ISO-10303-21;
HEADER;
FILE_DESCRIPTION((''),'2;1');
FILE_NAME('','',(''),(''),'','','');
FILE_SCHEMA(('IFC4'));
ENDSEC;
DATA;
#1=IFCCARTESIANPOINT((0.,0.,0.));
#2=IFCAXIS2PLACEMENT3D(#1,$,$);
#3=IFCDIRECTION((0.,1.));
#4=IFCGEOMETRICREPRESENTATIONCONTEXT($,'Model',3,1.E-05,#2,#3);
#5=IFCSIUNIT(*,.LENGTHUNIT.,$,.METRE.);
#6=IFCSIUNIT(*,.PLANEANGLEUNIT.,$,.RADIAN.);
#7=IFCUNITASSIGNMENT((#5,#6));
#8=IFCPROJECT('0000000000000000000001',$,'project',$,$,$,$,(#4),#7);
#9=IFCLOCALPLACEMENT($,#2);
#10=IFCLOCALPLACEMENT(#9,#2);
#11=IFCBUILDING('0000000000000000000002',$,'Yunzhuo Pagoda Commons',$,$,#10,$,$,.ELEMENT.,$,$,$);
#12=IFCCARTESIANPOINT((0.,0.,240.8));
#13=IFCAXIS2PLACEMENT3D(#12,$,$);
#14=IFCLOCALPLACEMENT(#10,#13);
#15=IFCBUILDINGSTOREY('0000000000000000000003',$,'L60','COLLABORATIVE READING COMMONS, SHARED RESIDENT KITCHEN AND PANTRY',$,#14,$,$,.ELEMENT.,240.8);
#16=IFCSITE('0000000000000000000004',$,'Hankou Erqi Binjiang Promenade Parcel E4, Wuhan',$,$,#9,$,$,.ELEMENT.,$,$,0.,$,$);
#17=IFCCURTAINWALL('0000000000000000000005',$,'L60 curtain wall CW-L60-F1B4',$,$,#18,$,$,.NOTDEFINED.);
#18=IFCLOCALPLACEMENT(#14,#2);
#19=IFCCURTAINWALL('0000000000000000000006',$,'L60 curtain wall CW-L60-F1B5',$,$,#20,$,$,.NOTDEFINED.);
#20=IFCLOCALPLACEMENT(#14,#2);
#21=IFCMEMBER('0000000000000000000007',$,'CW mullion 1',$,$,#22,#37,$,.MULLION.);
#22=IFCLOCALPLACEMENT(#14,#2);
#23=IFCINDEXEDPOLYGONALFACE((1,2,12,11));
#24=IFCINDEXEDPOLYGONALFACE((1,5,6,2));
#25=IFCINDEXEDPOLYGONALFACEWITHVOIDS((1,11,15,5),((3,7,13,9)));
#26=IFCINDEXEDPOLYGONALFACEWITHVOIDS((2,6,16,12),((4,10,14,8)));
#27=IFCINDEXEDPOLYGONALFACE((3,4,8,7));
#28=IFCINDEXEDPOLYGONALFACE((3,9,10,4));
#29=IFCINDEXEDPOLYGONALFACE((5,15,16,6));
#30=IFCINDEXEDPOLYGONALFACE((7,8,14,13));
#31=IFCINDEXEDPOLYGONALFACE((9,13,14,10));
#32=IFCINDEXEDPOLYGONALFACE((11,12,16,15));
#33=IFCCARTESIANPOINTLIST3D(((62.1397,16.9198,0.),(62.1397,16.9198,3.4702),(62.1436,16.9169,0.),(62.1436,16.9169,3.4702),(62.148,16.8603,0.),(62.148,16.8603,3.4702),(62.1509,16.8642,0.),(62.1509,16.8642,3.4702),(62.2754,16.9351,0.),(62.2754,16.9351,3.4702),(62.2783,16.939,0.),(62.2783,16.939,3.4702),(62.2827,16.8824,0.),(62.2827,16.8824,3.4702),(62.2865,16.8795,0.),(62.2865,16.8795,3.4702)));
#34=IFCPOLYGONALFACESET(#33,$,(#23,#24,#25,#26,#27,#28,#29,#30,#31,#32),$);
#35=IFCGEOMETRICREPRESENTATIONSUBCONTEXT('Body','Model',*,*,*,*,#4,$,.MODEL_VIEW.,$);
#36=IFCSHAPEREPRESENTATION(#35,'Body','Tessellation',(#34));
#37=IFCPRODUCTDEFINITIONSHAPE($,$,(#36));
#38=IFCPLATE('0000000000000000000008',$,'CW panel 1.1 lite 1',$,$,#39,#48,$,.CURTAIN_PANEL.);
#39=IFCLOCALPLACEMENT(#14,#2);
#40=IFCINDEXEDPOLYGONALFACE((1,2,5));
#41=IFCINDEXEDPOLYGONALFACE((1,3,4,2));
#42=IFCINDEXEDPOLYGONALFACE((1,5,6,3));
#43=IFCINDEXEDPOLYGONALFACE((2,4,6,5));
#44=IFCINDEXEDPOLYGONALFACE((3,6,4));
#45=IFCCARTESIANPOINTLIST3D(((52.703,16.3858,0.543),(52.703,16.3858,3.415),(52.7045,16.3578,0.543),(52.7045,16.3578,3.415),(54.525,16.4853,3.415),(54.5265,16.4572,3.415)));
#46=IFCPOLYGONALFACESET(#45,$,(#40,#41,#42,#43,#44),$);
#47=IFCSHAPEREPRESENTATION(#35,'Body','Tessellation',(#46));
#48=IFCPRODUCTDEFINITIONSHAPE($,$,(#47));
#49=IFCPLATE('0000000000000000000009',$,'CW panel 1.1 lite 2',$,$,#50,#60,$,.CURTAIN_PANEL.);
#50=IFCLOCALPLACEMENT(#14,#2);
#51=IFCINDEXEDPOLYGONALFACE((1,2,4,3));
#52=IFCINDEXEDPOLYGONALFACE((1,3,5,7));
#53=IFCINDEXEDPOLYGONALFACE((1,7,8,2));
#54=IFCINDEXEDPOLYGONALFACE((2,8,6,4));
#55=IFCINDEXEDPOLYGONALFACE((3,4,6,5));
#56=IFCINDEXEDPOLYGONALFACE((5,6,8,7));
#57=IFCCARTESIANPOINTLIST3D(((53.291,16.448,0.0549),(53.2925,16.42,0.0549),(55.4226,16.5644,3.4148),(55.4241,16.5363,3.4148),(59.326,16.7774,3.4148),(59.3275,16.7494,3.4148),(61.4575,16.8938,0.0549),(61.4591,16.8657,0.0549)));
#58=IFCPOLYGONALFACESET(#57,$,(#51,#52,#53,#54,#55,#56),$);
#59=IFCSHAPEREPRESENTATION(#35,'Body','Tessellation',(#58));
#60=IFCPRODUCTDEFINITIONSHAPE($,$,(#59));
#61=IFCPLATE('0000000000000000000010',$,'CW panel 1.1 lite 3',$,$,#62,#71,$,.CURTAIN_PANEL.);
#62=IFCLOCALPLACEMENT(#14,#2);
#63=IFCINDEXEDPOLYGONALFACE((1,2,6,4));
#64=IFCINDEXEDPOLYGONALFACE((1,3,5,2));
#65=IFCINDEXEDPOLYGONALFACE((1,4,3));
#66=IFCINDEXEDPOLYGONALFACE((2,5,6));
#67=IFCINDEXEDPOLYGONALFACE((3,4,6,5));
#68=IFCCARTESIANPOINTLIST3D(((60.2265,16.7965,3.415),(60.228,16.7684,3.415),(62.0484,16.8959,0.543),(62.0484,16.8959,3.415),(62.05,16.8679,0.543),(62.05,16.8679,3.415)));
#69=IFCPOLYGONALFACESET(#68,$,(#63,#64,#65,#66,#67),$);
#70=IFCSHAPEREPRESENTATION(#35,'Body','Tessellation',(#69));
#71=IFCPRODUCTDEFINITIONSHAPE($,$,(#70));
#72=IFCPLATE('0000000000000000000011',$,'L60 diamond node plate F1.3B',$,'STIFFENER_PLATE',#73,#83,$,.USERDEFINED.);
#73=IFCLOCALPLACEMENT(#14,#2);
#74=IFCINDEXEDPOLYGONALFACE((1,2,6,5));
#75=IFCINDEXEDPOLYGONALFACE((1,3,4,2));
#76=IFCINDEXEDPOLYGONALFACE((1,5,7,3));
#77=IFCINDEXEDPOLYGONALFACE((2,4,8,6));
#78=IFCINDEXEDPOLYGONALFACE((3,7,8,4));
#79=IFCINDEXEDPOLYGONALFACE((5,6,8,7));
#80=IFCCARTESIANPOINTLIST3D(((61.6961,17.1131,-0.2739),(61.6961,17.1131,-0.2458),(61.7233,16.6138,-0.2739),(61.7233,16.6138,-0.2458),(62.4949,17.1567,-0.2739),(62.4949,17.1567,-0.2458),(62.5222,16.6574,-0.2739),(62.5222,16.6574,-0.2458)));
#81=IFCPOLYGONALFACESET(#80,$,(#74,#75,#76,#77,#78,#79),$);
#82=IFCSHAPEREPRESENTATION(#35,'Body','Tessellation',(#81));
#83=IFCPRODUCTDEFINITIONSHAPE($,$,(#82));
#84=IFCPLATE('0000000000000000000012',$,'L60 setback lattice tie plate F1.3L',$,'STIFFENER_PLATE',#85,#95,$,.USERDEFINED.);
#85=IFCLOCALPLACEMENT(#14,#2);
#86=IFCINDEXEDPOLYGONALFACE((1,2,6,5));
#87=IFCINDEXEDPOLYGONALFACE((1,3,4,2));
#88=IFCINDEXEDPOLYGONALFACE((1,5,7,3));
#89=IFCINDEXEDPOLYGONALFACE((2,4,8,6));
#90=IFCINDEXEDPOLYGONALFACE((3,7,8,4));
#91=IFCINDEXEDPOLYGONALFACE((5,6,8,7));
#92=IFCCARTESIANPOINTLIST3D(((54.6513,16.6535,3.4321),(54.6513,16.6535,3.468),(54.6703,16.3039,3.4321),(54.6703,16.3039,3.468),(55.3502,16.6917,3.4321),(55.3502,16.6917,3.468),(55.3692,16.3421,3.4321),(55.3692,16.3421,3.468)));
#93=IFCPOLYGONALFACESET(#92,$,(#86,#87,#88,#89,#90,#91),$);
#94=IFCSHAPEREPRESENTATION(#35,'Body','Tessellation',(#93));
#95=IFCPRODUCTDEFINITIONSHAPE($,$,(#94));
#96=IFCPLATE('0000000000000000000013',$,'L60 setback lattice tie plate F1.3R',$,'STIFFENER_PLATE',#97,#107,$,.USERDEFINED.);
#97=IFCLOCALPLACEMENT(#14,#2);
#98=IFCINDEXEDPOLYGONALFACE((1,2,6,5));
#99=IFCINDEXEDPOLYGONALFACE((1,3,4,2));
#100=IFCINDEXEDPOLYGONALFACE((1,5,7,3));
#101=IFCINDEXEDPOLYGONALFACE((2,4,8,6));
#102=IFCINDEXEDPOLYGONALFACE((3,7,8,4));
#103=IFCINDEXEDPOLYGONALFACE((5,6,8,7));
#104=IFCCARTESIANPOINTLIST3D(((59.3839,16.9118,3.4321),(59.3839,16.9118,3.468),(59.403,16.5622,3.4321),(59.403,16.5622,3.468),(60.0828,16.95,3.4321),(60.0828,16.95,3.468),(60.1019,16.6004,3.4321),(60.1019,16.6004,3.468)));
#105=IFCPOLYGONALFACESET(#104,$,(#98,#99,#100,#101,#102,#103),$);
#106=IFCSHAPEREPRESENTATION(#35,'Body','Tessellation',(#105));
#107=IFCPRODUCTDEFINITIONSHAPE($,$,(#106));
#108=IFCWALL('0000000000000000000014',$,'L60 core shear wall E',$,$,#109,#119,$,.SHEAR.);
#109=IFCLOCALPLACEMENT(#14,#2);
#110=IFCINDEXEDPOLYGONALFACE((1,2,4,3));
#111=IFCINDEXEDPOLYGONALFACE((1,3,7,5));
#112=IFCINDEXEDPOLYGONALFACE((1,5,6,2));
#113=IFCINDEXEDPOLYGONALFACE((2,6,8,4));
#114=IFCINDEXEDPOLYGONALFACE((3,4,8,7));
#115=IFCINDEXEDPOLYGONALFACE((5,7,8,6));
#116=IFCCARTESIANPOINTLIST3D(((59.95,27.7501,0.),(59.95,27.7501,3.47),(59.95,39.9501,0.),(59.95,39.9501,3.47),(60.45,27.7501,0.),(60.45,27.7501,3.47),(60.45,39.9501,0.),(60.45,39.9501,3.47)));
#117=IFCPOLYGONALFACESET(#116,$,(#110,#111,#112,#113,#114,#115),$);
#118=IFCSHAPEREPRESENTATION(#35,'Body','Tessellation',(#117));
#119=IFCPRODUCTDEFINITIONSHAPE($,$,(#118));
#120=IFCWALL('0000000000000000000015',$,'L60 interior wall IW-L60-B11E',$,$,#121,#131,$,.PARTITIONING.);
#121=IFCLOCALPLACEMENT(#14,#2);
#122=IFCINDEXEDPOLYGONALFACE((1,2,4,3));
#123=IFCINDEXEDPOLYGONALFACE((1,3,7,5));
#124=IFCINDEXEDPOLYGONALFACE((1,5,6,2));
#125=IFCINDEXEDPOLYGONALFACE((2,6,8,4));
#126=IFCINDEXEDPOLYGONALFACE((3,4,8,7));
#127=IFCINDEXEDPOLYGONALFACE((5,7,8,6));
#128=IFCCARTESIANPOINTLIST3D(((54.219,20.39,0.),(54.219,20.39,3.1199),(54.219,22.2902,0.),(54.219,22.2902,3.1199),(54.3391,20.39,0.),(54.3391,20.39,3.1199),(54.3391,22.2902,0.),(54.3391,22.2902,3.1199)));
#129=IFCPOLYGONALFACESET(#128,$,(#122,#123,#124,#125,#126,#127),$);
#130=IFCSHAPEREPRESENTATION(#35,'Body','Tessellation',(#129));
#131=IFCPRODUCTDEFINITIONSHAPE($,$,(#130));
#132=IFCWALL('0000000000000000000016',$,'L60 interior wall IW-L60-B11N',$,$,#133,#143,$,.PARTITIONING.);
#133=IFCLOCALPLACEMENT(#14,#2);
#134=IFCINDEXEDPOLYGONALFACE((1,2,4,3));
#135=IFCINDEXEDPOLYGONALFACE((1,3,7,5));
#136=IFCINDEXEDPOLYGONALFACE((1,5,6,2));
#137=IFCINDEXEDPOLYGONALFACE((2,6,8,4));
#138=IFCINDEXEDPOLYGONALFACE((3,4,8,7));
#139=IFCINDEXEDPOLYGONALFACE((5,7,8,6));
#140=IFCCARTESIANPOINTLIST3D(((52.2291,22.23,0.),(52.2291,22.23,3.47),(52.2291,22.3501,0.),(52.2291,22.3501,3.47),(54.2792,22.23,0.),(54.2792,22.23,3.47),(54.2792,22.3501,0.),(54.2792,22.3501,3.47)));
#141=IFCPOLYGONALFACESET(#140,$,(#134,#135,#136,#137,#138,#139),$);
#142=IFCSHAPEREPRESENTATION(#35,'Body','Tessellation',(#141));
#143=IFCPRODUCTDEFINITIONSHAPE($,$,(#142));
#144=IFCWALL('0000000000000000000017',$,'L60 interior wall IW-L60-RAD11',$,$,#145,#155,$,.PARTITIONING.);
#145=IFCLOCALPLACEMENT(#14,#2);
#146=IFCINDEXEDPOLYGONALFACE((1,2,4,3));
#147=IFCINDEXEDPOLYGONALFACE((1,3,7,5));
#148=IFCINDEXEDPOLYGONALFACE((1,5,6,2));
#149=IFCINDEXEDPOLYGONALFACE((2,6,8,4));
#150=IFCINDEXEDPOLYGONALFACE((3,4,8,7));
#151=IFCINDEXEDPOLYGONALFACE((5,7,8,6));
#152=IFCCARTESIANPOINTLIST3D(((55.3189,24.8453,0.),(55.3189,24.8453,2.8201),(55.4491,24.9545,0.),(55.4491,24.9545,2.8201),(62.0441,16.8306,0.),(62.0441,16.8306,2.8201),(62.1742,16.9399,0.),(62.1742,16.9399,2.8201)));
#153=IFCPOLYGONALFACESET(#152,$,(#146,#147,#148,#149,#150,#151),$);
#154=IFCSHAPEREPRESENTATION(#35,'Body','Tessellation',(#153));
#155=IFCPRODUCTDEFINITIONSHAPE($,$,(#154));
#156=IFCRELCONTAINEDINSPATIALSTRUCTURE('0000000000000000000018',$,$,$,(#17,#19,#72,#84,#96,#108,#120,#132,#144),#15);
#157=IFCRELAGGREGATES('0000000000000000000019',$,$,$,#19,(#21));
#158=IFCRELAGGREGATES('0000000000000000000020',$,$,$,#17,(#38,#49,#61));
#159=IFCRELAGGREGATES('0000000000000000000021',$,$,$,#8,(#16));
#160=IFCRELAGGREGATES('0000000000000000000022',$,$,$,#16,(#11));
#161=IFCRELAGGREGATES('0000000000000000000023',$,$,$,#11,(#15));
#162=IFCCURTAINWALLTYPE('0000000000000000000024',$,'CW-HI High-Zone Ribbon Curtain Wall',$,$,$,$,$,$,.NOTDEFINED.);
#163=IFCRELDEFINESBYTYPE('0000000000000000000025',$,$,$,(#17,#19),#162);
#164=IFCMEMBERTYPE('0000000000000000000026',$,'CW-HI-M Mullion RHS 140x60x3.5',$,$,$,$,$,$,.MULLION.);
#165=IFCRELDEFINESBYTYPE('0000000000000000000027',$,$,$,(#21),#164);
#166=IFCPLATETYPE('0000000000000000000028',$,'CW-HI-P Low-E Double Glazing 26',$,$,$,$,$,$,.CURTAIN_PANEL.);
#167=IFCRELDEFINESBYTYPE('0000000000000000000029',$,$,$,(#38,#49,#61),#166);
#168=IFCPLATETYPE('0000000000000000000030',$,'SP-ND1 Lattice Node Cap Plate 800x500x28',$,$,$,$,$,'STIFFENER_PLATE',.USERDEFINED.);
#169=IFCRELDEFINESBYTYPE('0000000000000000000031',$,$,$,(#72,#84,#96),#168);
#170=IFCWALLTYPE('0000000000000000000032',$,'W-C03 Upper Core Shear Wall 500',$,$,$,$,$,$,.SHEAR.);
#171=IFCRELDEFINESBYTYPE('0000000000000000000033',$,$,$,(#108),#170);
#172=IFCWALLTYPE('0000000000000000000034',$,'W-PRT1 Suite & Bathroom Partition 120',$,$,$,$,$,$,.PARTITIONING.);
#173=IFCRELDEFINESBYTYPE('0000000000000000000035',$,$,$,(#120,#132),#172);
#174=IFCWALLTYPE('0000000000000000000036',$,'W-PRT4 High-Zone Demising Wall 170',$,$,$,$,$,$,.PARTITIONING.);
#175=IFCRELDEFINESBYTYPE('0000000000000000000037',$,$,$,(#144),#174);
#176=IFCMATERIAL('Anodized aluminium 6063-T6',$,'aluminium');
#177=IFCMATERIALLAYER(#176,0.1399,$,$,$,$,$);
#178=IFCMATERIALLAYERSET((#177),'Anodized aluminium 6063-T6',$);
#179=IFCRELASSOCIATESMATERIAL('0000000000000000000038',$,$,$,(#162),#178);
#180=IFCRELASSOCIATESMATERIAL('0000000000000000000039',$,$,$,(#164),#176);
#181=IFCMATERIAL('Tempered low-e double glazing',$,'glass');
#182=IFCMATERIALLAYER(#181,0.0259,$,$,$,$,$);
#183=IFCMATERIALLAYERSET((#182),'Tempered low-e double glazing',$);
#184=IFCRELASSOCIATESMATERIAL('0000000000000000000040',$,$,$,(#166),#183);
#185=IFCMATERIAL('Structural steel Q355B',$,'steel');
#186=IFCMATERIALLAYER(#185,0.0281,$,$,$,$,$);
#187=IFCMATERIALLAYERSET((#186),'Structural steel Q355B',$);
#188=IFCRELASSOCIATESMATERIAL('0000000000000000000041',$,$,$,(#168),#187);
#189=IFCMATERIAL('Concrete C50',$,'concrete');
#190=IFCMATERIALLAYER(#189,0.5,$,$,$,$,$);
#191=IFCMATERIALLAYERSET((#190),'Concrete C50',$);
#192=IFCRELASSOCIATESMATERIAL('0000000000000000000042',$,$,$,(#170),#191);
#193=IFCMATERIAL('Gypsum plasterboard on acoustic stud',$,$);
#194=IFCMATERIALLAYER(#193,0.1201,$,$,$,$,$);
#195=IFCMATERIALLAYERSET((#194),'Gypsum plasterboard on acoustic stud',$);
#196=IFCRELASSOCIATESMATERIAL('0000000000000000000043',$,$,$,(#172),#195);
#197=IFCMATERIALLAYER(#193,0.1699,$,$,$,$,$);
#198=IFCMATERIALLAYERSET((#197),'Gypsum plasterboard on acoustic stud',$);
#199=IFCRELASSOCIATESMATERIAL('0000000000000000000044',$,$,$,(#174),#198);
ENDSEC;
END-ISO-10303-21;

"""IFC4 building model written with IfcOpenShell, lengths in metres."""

from ifc_helpers import new_model, si_unit, direction, frame, frame_2d, origin, origin_2d, place, context, subcontext, project, spatial, polyline, rectangle, hollow_rectangle, outline, extrude, source, transform, mapped, material, layer, layer_set, material_profile, profile_set, type_object, element, aggregate, save


model = new_model("IFC4")

# Units and contexts
model_context = context("Model", 3, precision=1e-05, world=origin(), true_north=direction((0.0, 1.0)))
body_context = subcontext(model_context, "Body", "Model", "MODEL_VIEW")
ifc_project = project(units=[si_unit("LENGTHUNIT", "METRE"), si_unit("PLANEANGLEUNIT", "RADIAN")], contexts=[model_context])

# Site, building, storey
site_placement = place(None, origin())
site = spatial("IfcSite", under=ifc_project, at=site_placement, Name="Hankou Erqi Binjiang Promenade Parcel E4, Wuhan", CompositionType="ELEMENT", RefElevation=0.0)
building_placement = place(site_placement, origin())
building = spatial("IfcBuilding", under=site, at=building_placement, Name="Yunzhuo Pagoda Commons", CompositionType="ELEMENT")
storey_placement = place(building_placement, frame((0.0, 0.0, 240.8)))
storey = spatial("IfcBuildingStorey", under=building, at=storey_placement, Name="L60", Description="COLLABORATIVE READING COMMONS, SHARED RESIDENT KITCHEN AND PANTRY", CompositionType="ELEMENT", Elevation=240.8)

# Shared definitions
ifc_material_1 = material(Name="Structural steel Q355B", Category="steel")

# Curtain walls, member
ifc_material_2 = material(Name="Anodized aluminium 6063-T6", Category="aluminium")
ifc_layer_1 = layer(ifc_material_2, 0.1399)
ifc_layer_set_1 = layer_set([ifc_layer_1], Name="Anodized aluminium 6063-T6")
curtain_wall_type = type_object("IfcCurtainWallType", Name="CW-HI High-Zone Ribbon Curtain Wall", PredefinedType="NOTDEFINED", material=ifc_layer_set_1)
curtain_wall_1_placement = place(storey_placement, origin())
curtain_wall_1 = element("IfcCurtainWall", 1, at=curtain_wall_1_placement, inside=storey, type_object=curtain_wall_type, Name="L60 curtain wall CW-L60-F1B4", PredefinedType="NOTDEFINED")
ifc_material_profile_1 = material_profile(ifc_material_2, hollow_rectangle(XDim=0.0601, YDim=0.1399, WallThickness=0.0034, at=origin_2d()), Name="Anodized aluminium 6063-T6")
ifc_profile_set_1 = profile_set([ifc_material_profile_1], Name="Anodized aluminium 6063-T6")
member_type_1 = type_object("IfcMemberType", Name="CW-HI-M Mullion RHS 140x60x3.5", PredefinedType="MULLION", material=ifc_profile_set_1)
shared_shape_1 = source(origin(), body_context, "Body", "SweptSolid", [
    extrude(hollow_rectangle(XDim=0.0601, YDim=0.1399, WallThickness=0.0034, at=origin_2d()), origin(), (0.0, 0.0, 1.0), 3.4702),
])
curtain_wall_2_placement = place(storey_placement, origin())
curtain_wall_2 = element("IfcCurtainWall", 2, at=curtain_wall_2_placement, inside=storey, type_object=curtain_wall_type, Name="L60 curtain wall CW-L60-F1B5", PredefinedType="NOTDEFINED")
member_1_placement = place(storey_placement, frame((62.2131, 16.8997, 0.0), z_axis=(0.0, 0.0, 1.0), x_axis=(-0.13725, 0.990536, 0.0)))
member_1 = element("IfcMember", 3, at=member_1_placement, type_object=member_type_1, Name="CW mullion 1", PredefinedType="MULLION", context=body_context, shape_type="MappedRepresentation", body=[
    mapped(shared_shape_1, transform((0.0, 0.0, 0.0), scale=1.0)),
])
aggregate(curtain_wall_2, [member_1])

# Plates
ifc_material_3 = material(Name="Tempered low-e double glazing", Category="glass")
ifc_layer_2 = layer(ifc_material_3, 0.0259)
ifc_layer_set_2 = layer_set([ifc_layer_2], Name="Tempered low-e double glazing")
plate_type_1 = type_object("IfcPlateType", Name="CW-HI-P Low-E Double Glazing 26", PredefinedType="CURTAIN_PANEL", material=ifc_layer_set_2)
plate_1_placement = place(storey_placement, frame((53.614, 16.4355, 1.979), z_axis=(0.054497, -0.998514, 0.0), x_axis=(0.998514, 0.054497, 0.0)))
plate_1 = element("IfcPlate", 4, at=plate_1_placement, type_object=plate_type_1, Name="CW panel 1.1 lite 1", PredefinedType="CURTAIN_PANEL", context=body_context, shape_type="SweptSolid", body=[
    extrude(outline(polyline([(-0.9124, -1.436), (0.9124, 1.436), (-0.9124, 1.436), (-0.9124, -1.436)])), origin(), (0.0, 0.0, 1.0), 0.0281),
])
plate_2_placement = place(storey_placement, frame((57.3743, 16.6709, 1.7349), z_axis=(0.054497, -0.998514, 0.0), x_axis=(0.998514, 0.054497, 0.0)))
plate_2 = element("IfcPlate", 5, at=plate_2_placement, type_object=plate_type_1, Name="CW panel 1.1 lite 2", PredefinedType="CURTAIN_PANEL", context=body_context, shape_type="SweptSolid", body=[
    extrude(outline(polyline([(-4.0894, -1.6799), (4.0894, -1.6799), (1.9546, 1.6799), (-1.9546, 1.6799), (-4.0894, -1.6799)])), origin(), (0.0, 0.0, 1.0), 0.0281),
])
plate_3_placement = place(storey_placement, frame((61.1375, 16.8462, 1.979), z_axis=(0.054497, -0.998514, 0.0), x_axis=(0.998514, 0.054497, 0.0)))
plate_3 = element("IfcPlate", 6, at=plate_3_placement, type_object=plate_type_1, Name="CW panel 1.1 lite 3", PredefinedType="CURTAIN_PANEL", context=body_context, shape_type="SweptSolid", body=[
    extrude(outline(polyline([(-0.9124, 1.436), (0.9124, -1.436), (0.9124, 1.436), (-0.9124, 1.436)])), origin(), (0.0, 0.0, 1.0), 0.0281),
])
aggregate(curtain_wall_1, [plate_1, plate_2, plate_3])

# Plates
ifc_layer_3 = layer(ifc_material_1, 0.0281)
ifc_layer_set_3 = layer_set([ifc_layer_3], Name="Structural steel Q355B")
plate_type_2 = type_object("IfcPlateType", Name="SP-ND1 Lattice Node Cap Plate 800x500x28", ElementType="STIFFENER_PLATE", PredefinedType="USERDEFINED", material=ifc_layer_set_3)
shared_shape_2 = source(origin(), body_context, "Body", "SweptSolid", [
    extrude(rectangle(XDim=0.8, YDim=0.5, at=origin_2d()), origin(), (0.0, 0.0, 1.0), 0.0281),
])
plate_4_placement = place(storey_placement, frame((62.1091, 16.8853, -0.2739), z_axis=(0.0, 0.0, 1.0), x_axis=(0.998514, 0.054497, 0.0)))
element("IfcPlate", 7, at=plate_4_placement, inside=storey, type_object=plate_type_2, Name="L60 diamond node plate F1.3B", ObjectType="STIFFENER_PLATE", PredefinedType="USERDEFINED", context=body_context, shape_type="MappedRepresentation", body=[
    mapped(shared_shape_2, transform((0.0, 0.0, 0.0), scale=1.0)),
])
shared_shape_3 = source(origin(), body_context, "Body", "SweptSolid", [
    extrude(rectangle(XDim=0.7, YDim=0.3501, at=origin_2d()), origin(), (0.0, 0.0, 1.0), 0.0359),
])
for number, where, z_axis, x_axis, name in (
    (8, (55.0103, 16.4978, 3.4321), (0.0, 0.0, 1.0), (0.998514, 0.054497, 0.0), "L60 setback lattice tie plate F1.3L"),
    (9, (59.7429, 16.7561, 3.4321), (0.0, 0.0, 1.0), (0.998514, 0.054497, 0.0), "L60 setback lattice tie plate F1.3R"),
):
    element("IfcPlate", number, at=place(storey_placement, frame(where, z_axis=z_axis, x_axis=x_axis)), inside=storey, type_object=plate_type_2, Name=name, ObjectType="STIFFENER_PLATE", PredefinedType="USERDEFINED", context=body_context, shape_type="MappedRepresentation", body=[
        mapped(shared_shape_3, transform((0.0, 0.0, 0.0), scale=1.0)),
    ])

# Wall
ifc_material_4 = material(Name="Concrete C50", Category="concrete")
ifc_layer_4 = layer(ifc_material_4, 0.5)
ifc_layer_set_4 = layer_set([ifc_layer_4], Name="Concrete C50")
wall_type_1 = type_object("IfcWallType", Name="W-C03 Upper Core Shear Wall 500", PredefinedType="SHEAR", material=ifc_layer_set_4)
wall_1_placement = place(storey_placement, frame((60.2, 27.75, 0.0), z_axis=(0.0, 0.0, 1.0), x_axis=(0.0, 1.0, 0.0)))
element("IfcWall", 10, at=wall_1_placement, inside=storey, type_object=wall_type_1, Name="L60 core shear wall E", PredefinedType="SHEAR", context=body_context, shape_type="SweptSolid", body=[
    extrude(rectangle(XDim=12.2, YDim=0.5, at=frame_2d((6.1001, 0.0))), origin(), (0.0, 0.0, 1.0), 3.47),
])

# Shared definitions
ifc_material_5 = material(Name="Gypsum plasterboard on acoustic stud")

# Walls
ifc_layer_5 = layer(ifc_material_5, 0.1201)
ifc_layer_set_5 = layer_set([ifc_layer_5], Name="Gypsum plasterboard on acoustic stud")
wall_type_2 = type_object("IfcWallType", Name="W-PRT1 Suite & Bathroom Partition 120", PredefinedType="PARTITIONING", material=ifc_layer_set_5)
wall_2_placement = place(storey_placement, frame((54.2791, 20.3899, 0.0), z_axis=(0.0, 0.0, 1.0), x_axis=(0.0, 1.0, 0.0)))
element("IfcWall", 11, at=wall_2_placement, inside=storey, type_object=wall_type_2, Name="L60 interior wall IW-L60-B11E", PredefinedType="PARTITIONING", context=body_context, shape_type="SweptSolid", body=[
    extrude(rectangle(XDim=1.9001, YDim=0.1201, at=frame_2d((0.9502, 0.0))), origin(), (0.0, 0.0, 1.0), 3.1199),
])
wall_3_placement = place(storey_placement, frame((54.2791, 22.29, 0.0), z_axis=(0.0, 0.0, 1.0), x_axis=(-1.0, 0.0, 0.0)))
element("IfcWall", 12, at=wall_3_placement, inside=storey, type_object=wall_type_2, Name="L60 interior wall IW-L60-B11N", PredefinedType="PARTITIONING", context=body_context, shape_type="SweptSolid", body=[
    extrude(rectangle(XDim=2.05, YDim=0.1201, at=frame_2d((1.0249, 0.0))), origin(), (0.0, 0.0, 1.0), 3.47),
])
ifc_layer_6 = layer(ifc_material_5, 0.1699)
ifc_layer_set_6 = layer_set([ifc_layer_6], Name="Gypsum plasterboard on acoustic stud")
wall_type_3 = type_object("IfcWallType", Name="W-PRT4 High-Zone Demising Wall 170", PredefinedType="PARTITIONING", material=ifc_layer_set_6)
wall_4_placement = place(storey_placement, frame((55.384, 24.8999, 0.0), z_axis=(0.0, 0.0, 1.0), x_axis=(0.642788, -0.766044, 0.0)))
element("IfcWall", 13, at=wall_4_placement, inside=storey, type_object=wall_type_3, Name="L60 interior wall IW-L60-RAD11", PredefinedType="PARTITIONING", context=body_context, shape_type="SweptSolid", body=[
    extrude(rectangle(XDim=10.4624, YDim=0.1699, at=frame_2d((5.2312, 0.0))), origin(), (0.0, 0.0, 1.0), 2.8201),
])

save(model, "model.ifc")
